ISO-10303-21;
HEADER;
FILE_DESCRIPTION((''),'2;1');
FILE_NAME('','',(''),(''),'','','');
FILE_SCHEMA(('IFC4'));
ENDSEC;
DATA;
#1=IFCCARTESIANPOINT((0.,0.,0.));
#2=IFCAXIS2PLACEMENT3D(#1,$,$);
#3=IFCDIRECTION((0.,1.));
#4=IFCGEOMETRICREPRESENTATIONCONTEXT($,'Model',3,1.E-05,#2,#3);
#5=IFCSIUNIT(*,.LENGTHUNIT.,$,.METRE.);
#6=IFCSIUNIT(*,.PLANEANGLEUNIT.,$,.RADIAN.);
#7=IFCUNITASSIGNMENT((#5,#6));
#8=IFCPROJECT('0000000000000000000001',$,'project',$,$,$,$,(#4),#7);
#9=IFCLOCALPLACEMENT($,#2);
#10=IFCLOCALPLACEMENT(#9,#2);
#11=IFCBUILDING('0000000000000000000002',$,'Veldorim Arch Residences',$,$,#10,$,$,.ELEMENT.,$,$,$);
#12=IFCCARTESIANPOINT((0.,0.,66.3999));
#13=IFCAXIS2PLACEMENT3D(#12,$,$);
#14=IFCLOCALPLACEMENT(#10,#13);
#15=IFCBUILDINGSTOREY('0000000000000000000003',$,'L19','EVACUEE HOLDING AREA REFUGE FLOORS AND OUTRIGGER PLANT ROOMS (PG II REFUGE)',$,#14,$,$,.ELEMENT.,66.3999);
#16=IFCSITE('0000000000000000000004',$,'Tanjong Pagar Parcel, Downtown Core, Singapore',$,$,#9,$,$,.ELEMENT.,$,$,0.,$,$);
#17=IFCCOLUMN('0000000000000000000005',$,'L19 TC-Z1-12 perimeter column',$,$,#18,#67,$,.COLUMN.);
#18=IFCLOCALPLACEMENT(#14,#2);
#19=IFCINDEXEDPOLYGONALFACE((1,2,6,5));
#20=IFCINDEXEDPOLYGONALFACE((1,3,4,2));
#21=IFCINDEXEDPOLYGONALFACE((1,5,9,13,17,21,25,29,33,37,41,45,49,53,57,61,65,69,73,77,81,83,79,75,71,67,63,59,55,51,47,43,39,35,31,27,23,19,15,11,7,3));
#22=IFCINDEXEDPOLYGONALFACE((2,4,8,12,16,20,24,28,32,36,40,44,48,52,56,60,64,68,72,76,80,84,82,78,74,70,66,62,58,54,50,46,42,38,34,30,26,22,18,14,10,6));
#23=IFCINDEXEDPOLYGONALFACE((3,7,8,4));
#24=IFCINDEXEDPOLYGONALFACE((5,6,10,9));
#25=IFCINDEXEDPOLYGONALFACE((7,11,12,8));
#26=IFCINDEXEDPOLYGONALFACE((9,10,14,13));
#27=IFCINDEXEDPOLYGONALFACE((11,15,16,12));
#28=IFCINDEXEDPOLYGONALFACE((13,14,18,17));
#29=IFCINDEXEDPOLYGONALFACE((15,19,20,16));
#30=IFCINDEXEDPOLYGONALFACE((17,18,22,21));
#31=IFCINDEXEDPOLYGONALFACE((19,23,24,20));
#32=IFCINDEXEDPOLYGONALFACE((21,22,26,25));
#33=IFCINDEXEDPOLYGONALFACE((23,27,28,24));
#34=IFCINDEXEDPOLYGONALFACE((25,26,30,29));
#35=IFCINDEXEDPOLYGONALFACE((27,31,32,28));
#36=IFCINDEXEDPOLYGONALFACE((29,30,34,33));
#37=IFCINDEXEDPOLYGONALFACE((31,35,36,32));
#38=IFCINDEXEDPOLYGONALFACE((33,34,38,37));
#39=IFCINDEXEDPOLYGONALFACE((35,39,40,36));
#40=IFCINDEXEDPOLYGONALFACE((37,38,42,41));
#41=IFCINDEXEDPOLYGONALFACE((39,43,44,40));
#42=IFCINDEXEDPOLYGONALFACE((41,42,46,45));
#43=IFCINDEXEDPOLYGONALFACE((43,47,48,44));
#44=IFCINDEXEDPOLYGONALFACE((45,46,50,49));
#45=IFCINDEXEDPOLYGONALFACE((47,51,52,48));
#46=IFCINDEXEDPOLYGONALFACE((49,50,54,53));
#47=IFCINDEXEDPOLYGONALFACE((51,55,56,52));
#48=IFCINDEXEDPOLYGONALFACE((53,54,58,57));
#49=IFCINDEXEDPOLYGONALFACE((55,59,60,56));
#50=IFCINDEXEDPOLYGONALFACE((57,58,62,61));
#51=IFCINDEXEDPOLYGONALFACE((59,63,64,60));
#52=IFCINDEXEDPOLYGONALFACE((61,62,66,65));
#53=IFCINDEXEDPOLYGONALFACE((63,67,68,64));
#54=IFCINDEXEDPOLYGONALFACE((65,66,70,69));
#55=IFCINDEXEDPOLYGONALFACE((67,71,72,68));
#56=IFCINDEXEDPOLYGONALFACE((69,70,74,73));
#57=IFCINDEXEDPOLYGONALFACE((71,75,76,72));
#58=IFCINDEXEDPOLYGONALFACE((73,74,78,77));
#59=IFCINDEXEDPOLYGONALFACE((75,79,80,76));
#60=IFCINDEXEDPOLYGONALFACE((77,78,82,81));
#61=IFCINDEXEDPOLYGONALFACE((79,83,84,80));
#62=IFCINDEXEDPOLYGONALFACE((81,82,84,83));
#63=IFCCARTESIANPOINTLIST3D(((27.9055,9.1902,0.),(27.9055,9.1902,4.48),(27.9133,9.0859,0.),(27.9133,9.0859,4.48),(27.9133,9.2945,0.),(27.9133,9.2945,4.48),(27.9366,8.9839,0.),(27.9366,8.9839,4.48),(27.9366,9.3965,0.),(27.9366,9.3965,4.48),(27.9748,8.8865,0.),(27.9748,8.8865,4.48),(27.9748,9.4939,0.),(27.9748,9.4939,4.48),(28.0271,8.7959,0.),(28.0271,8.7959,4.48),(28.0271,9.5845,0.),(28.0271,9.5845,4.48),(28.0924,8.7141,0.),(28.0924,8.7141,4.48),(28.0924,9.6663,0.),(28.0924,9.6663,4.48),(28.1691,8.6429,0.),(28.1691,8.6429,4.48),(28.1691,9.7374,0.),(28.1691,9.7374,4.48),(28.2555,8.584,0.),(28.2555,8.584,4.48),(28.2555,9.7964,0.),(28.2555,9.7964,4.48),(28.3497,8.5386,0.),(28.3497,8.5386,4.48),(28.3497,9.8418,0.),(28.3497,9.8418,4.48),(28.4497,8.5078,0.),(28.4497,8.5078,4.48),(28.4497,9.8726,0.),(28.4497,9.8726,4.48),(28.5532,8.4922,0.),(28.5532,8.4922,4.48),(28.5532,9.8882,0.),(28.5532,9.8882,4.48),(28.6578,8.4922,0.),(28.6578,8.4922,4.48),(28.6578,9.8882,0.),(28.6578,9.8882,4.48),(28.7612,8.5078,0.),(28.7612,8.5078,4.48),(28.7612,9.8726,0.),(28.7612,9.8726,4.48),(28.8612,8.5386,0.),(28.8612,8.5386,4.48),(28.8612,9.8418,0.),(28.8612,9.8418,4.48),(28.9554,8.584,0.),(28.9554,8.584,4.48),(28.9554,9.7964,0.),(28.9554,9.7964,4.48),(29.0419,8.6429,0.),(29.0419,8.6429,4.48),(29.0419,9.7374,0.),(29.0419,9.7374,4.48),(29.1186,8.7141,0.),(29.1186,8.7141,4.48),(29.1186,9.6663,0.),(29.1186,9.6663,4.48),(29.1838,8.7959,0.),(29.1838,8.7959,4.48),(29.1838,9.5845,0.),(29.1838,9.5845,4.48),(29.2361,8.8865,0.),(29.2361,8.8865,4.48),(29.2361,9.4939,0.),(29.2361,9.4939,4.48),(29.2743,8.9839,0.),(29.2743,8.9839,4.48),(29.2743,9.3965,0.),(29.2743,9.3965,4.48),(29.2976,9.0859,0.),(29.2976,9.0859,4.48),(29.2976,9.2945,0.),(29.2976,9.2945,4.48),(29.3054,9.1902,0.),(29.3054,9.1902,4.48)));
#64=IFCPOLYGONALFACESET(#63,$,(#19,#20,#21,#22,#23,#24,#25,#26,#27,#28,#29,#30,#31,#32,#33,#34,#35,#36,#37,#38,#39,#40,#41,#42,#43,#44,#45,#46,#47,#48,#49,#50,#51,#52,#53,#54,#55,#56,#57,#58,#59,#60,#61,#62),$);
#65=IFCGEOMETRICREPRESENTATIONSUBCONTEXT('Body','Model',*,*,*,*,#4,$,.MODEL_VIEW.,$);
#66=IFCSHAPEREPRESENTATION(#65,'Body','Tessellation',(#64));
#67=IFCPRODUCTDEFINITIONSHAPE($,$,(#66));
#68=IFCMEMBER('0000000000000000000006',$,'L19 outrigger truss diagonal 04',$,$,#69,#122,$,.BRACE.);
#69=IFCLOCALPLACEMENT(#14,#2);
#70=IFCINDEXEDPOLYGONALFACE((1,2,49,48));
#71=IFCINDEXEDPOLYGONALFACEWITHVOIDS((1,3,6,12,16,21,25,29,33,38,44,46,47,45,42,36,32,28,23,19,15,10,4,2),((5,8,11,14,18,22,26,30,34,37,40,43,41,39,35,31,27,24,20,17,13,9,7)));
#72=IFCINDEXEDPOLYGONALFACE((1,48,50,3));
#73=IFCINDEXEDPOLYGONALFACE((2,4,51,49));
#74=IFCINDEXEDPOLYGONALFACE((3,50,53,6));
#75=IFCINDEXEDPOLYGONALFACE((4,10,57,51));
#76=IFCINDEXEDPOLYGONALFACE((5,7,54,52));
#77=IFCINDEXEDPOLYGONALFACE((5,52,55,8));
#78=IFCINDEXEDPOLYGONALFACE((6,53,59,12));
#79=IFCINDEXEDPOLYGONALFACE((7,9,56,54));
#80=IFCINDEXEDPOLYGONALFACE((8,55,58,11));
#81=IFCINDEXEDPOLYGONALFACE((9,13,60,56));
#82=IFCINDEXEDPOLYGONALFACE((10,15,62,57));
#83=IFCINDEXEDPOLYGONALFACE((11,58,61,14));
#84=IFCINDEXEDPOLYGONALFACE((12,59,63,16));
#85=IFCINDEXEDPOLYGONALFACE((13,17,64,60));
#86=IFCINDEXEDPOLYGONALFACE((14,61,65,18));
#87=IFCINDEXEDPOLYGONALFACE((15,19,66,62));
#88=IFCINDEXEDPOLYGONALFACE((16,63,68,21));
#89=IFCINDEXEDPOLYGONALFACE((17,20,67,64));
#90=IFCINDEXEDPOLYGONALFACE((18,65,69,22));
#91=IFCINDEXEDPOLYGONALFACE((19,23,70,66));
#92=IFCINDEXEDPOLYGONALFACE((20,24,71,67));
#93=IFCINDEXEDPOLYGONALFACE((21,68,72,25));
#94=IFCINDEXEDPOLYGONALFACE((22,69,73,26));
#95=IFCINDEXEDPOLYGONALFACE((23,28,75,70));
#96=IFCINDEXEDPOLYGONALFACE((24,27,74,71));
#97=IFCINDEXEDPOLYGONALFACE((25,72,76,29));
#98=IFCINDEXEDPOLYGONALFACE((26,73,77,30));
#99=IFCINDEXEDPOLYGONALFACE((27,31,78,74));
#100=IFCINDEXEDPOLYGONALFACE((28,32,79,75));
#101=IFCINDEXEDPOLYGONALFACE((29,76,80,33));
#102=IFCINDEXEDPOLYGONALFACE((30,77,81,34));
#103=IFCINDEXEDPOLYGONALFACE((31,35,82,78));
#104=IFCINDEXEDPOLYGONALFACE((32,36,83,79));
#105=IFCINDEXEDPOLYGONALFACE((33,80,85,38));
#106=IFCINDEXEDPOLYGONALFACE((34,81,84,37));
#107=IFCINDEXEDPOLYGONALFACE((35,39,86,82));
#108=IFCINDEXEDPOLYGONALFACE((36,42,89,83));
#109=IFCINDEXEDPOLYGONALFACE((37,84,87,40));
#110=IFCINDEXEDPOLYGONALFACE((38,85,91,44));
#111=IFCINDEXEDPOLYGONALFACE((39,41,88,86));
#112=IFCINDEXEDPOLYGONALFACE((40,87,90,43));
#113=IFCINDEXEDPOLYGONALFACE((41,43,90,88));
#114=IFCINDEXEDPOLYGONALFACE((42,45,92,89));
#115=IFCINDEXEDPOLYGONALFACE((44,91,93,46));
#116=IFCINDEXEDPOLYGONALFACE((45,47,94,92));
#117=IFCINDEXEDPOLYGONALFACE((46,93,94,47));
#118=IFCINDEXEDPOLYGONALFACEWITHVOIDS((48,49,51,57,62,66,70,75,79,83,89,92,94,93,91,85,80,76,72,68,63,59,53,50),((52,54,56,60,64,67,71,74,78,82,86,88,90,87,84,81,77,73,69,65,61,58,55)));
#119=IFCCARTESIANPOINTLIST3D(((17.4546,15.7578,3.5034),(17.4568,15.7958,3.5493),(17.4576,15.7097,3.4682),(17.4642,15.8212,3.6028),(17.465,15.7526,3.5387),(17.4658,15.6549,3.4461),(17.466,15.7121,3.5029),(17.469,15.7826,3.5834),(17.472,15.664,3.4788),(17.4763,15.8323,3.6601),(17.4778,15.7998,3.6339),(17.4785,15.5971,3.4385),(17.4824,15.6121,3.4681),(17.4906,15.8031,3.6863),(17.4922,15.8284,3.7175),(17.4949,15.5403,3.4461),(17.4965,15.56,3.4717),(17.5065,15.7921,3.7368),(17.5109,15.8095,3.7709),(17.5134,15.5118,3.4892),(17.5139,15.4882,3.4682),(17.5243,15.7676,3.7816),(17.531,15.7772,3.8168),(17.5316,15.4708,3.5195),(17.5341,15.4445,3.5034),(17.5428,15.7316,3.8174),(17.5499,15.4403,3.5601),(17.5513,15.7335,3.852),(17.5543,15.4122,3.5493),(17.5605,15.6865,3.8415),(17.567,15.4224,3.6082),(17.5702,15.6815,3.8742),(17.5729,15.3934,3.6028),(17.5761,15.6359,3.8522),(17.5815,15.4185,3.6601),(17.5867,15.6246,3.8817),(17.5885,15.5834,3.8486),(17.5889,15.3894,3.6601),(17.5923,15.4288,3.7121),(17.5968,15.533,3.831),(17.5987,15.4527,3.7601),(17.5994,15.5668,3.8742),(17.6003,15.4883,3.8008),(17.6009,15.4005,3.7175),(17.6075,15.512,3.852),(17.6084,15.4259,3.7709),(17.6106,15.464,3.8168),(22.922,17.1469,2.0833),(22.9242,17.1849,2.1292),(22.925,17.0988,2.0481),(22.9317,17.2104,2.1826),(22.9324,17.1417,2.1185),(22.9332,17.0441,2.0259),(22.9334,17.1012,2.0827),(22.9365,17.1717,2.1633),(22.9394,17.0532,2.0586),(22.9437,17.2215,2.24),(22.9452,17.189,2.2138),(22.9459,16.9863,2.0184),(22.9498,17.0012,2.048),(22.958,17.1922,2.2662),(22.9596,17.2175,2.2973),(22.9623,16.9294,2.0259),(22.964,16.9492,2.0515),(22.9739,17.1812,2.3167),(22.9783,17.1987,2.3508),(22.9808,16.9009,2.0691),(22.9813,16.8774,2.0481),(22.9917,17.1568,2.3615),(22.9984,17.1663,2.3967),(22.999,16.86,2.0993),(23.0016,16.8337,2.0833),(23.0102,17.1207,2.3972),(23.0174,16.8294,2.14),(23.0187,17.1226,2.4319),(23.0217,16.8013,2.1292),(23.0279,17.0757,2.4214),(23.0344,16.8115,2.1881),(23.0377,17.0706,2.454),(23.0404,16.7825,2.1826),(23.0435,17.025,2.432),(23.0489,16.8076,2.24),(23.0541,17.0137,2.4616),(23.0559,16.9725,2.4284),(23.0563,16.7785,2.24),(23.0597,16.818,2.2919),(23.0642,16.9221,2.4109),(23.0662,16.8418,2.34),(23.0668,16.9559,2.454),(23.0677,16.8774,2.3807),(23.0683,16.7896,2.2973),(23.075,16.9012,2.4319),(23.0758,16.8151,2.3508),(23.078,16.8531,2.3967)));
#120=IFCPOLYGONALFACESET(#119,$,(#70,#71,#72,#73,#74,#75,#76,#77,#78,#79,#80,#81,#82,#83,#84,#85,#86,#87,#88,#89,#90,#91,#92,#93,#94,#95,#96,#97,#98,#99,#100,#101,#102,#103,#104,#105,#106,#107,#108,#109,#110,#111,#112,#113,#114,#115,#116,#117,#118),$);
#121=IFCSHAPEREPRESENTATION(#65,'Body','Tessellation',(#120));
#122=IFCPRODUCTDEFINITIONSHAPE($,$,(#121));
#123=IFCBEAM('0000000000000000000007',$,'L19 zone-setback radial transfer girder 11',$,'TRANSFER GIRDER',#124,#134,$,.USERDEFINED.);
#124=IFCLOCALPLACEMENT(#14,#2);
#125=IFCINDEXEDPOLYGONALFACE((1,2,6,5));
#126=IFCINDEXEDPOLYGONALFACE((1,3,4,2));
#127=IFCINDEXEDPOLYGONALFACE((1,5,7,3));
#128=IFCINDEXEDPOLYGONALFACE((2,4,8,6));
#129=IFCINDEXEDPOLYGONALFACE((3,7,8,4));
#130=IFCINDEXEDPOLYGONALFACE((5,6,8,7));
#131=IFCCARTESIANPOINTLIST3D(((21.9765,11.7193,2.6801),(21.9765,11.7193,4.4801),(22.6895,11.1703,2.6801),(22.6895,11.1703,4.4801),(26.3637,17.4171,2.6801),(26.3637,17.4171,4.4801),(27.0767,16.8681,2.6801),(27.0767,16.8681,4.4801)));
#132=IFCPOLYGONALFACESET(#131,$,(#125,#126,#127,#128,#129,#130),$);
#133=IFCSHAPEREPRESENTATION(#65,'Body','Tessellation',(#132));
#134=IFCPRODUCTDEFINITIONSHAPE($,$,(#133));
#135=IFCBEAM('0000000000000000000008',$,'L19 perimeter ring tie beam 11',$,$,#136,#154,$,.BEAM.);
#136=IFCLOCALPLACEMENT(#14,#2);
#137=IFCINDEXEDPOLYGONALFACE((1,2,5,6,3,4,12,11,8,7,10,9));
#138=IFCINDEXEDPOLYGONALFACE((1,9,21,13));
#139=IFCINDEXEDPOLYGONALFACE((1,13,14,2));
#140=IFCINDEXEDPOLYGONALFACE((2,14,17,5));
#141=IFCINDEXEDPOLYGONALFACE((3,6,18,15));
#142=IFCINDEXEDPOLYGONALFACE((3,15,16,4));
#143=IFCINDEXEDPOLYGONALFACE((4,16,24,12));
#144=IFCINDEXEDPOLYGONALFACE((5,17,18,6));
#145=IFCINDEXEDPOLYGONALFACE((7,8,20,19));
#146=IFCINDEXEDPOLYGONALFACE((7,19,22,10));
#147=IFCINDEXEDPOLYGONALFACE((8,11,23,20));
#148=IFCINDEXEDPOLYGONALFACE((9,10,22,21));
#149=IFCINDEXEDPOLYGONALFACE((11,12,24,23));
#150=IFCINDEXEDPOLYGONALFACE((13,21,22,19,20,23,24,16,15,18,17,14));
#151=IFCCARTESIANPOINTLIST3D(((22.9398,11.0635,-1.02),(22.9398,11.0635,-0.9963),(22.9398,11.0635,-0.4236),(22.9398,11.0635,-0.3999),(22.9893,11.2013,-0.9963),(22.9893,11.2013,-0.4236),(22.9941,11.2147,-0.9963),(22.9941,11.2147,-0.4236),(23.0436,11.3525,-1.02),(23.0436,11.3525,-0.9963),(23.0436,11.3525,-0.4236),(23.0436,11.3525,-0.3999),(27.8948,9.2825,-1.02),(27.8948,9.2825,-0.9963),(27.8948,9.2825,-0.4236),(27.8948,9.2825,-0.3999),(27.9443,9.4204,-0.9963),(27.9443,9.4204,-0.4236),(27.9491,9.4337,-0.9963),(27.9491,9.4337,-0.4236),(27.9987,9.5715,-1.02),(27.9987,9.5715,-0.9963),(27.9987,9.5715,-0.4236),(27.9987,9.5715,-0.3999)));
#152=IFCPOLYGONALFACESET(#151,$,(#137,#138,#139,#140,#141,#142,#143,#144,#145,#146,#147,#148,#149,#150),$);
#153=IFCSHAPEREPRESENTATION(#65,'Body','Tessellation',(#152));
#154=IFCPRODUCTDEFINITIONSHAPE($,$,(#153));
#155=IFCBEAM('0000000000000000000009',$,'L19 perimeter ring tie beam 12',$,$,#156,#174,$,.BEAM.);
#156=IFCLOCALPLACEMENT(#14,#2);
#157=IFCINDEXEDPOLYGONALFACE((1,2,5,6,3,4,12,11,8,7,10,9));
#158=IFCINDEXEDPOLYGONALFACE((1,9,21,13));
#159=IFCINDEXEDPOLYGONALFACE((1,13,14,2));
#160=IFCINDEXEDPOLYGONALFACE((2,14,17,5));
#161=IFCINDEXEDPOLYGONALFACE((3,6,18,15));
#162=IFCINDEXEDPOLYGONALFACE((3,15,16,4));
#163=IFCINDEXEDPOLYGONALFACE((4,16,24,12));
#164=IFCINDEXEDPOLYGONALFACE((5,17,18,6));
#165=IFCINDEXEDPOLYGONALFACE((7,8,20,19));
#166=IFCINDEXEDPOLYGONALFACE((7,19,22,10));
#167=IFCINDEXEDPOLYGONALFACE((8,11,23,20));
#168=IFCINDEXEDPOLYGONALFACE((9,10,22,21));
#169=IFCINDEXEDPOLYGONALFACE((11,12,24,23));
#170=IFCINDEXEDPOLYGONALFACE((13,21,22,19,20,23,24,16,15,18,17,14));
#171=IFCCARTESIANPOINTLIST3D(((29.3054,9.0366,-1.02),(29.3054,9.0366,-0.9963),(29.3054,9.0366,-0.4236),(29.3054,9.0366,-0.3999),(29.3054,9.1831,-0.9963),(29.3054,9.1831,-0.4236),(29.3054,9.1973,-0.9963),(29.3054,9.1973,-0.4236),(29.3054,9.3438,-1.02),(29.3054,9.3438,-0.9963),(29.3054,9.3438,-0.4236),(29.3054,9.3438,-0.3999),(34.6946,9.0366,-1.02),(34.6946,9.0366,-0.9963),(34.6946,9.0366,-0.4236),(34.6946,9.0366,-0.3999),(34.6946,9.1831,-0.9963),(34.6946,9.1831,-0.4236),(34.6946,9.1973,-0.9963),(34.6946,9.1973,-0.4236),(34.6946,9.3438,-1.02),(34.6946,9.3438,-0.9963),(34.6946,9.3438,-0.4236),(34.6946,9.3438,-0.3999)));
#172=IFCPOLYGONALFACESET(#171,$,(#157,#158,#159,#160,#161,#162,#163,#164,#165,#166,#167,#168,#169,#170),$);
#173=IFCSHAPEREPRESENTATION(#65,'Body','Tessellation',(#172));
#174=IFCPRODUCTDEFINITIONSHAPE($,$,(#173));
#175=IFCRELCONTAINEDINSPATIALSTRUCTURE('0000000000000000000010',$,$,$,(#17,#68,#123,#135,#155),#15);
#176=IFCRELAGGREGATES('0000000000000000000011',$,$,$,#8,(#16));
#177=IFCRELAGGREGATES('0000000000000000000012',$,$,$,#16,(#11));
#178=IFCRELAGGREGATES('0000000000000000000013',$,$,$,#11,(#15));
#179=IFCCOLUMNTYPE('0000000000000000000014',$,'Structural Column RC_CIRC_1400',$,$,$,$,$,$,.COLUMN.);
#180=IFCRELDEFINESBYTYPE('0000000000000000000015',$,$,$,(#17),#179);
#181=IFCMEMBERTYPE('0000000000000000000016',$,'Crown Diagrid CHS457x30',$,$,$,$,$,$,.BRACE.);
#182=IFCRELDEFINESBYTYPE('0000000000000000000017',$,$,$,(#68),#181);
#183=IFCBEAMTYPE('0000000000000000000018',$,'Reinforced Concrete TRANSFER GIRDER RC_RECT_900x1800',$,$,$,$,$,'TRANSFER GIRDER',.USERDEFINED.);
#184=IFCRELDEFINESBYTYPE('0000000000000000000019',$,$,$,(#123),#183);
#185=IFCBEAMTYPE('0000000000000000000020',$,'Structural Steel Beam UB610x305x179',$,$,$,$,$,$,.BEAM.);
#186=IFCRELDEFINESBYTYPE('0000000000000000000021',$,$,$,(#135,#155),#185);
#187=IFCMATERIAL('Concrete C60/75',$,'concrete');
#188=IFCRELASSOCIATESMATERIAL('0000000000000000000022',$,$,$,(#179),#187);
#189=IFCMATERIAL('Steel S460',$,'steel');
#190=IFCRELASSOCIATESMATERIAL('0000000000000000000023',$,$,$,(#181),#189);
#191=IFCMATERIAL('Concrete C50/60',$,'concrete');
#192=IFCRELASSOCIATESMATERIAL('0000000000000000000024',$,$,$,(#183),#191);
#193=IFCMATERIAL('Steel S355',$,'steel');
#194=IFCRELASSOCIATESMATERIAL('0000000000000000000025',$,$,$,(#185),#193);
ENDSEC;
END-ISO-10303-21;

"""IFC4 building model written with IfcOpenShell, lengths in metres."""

from ifc_helpers import new_model, si_unit, direction, frame, origin, origin_2d, place, context, subcontext, project, spatial, rectangle, circle, hollow_circle, i_section, extrude, material, material_profile, profile_set, type_object, element, save


model = new_model("IFC4")

# Units and contexts
model_context = context("Model", 3, precision=1e-05, world=origin(), true_north=direction((0.0, 1.0)))
body_context = subcontext(model_context, "Body", "Model", "MODEL_VIEW")
ifc_project = project(units=[si_unit("LENGTHUNIT", "METRE"), si_unit("PLANEANGLEUNIT", "RADIAN")], contexts=[model_context])

# Site, building, storey
site_placement = place(None, origin())
site = spatial("IfcSite", under=ifc_project, at=site_placement, Name="Tanjong Pagar Parcel, Downtown Core, Singapore", CompositionType="ELEMENT", RefElevation=0.0)
building_placement = place(site_placement, origin())
building = spatial("IfcBuilding", under=site, at=building_placement, Name="Veldorim Arch Residences", CompositionType="ELEMENT")
storey_placement = place(building_placement, frame((0.0, 0.0, 66.3999)))
storey = spatial("IfcBuildingStorey", under=building, at=storey_placement, Name="L19", Description="EVACUEE HOLDING AREA REFUGE FLOORS AND OUTRIGGER PLANT ROOMS (PG II REFUGE)", CompositionType="ELEMENT", Elevation=66.3999)

# Column
ifc_material_1 = material(Name="Concrete C60/75", Category="concrete")
ifc_material_profile_1 = material_profile(ifc_material_1, circle(Radius=0.7, at=origin_2d()), Name="RC_CIRC_1400")
ifc_profile_set_1 = profile_set([ifc_material_profile_1], Name="Concrete C60/75")
column_type = type_object("IfcColumnType", Name="Structural Column RC_CIRC_1400", PredefinedType="COLUMN", material=ifc_profile_set_1)
column_placement = place(storey_placement, frame((28.6055, 9.1902, 0.0), z_axis=(0.0, 0.0, 1.0), x_axis=(1.0, 0.0, 0.0)))
element("IfcColumn", 1, at=column_placement, inside=storey, type_object=column_type, Name="L19 TC-Z1-12 perimeter column", PredefinedType="COLUMN", context=body_context, shape_type="SweptSolid", body=[
    extrude(circle(Radius=0.7, at=origin_2d()), origin(), (0.0, 0.0, 1.0), 4.48),
])

# Member
ifc_material_2 = material(Name="Steel S460", Category="steel")
ifc_material_profile_2 = material_profile(ifc_material_2, hollow_circle(Radius=0.2285, WallThickness=0.03, at=origin_2d()), Name="CHS457x30")
ifc_profile_set_2 = profile_set([ifc_material_profile_2], Name="Steel S460")
member_type_1 = type_object("IfcMemberType", Name="Crown Diagrid CHS457x30", PredefinedType="BRACE", material=ifc_profile_set_2)
member_1_placement = place(storey_placement, frame((23.0, 17.0, 2.24), z_axis=(-0.939881, -0.2388, 0.24413), x_axis=(0.246251, -0.969206, 0.0)))
element("IfcMember", 2, at=member_1_placement, inside=storey, type_object=member_type_1, Name="L19 outrigger truss diagonal 04", PredefinedType="BRACE", context=body_context, shape_type="SweptSolid", body=[
    extrude(hollow_circle(Radius=0.2285, WallThickness=0.03, at=origin_2d()), origin(), (0.0, 0.0, 1.0), 5.8171),
])

# Beams
ifc_material_3 = material(Name="Concrete C50/60", Category="concrete")
ifc_material_profile_3 = material_profile(ifc_material_3, rectangle(XDim=0.8999, YDim=1.8, at=origin_2d()), Name="RC_RECT_900x1800")
ifc_profile_set_3 = profile_set([ifc_material_profile_3], Name="Concrete C50/60")
beam_type_1 = type_object("IfcBeamType", Name="Reinforced Concrete TRANSFER GIRDER RC_RECT_900x1800", ElementType="TRANSFER GIRDER", PredefinedType="USERDEFINED", material=ifc_profile_set_3)
beam_1_placement = place(storey_placement, frame((26.7202, 17.1426, 3.5801), z_axis=(-0.610088, -0.792334, 0.0), x_axis=(0.792334, -0.610088, 0.0)))
element("IfcBeam", 3, at=beam_1_placement, inside=storey, type_object=beam_type_1, Name="L19 zone-setback radial transfer girder 11", ObjectType="TRANSFER GIRDER", PredefinedType="USERDEFINED", context=body_context, shape_type="SweptSolid", body=[
    extrude(rectangle(XDim=0.8999, YDim=1.8, at=origin_2d()), origin(), (0.0, 0.0, 1.0), 7.1912),
])
ifc_material_4 = material(Name="Steel S355", Category="steel")
ifc_material_profile_4 = material_profile(ifc_material_4, i_section(OverallWidth=0.3071, OverallDepth=0.6201, WebThickness=0.0142, FlangeThickness=0.0237, at=origin_2d()), Name="UB610x305x179")
ifc_profile_set_4 = profile_set([ifc_material_profile_4], Name="Steel S355")
beam_type_2 = type_object("IfcBeamType", Name="Structural Steel Beam UB610x305x179", PredefinedType="BEAM", material=ifc_profile_set_4)
beam_2_placement = place(storey_placement, frame((22.9917, 11.208, -0.71), z_axis=(0.941058, -0.338245, 0.0), x_axis=(0.338245, 0.941058, 0.0)))
element("IfcBeam", 4, at=beam_2_placement, inside=storey, type_object=beam_type_2, Name="L19 perimeter ring tie beam 11", PredefinedType="BEAM", context=body_context, shape_type="SweptSolid", body=[
    extrude(i_section(OverallWidth=0.3071, OverallDepth=0.6201, WebThickness=0.0142, FlangeThickness=0.0237, at=origin_2d()), origin(), (0.0, 0.0, 1.0), 5.2654),
])
beam_3_placement = place(storey_placement, frame((29.3054, 9.1902, -0.71), z_axis=(1.0, 0.0, 0.0), x_axis=(0.0, 1.0, 0.0)))
element("IfcBeam", 5, at=beam_3_placement, inside=storey, type_object=beam_type_2, Name="L19 perimeter ring tie beam 12", PredefinedType="BEAM", context=body_context, shape_type="SweptSolid", body=[
    extrude(i_section(OverallWidth=0.3071, OverallDepth=0.6201, WebThickness=0.0142, FlangeThickness=0.0237, at=origin_2d()), origin(), (0.0, 0.0, 1.0), 5.3892),
])

save(model, "model.ifc")
